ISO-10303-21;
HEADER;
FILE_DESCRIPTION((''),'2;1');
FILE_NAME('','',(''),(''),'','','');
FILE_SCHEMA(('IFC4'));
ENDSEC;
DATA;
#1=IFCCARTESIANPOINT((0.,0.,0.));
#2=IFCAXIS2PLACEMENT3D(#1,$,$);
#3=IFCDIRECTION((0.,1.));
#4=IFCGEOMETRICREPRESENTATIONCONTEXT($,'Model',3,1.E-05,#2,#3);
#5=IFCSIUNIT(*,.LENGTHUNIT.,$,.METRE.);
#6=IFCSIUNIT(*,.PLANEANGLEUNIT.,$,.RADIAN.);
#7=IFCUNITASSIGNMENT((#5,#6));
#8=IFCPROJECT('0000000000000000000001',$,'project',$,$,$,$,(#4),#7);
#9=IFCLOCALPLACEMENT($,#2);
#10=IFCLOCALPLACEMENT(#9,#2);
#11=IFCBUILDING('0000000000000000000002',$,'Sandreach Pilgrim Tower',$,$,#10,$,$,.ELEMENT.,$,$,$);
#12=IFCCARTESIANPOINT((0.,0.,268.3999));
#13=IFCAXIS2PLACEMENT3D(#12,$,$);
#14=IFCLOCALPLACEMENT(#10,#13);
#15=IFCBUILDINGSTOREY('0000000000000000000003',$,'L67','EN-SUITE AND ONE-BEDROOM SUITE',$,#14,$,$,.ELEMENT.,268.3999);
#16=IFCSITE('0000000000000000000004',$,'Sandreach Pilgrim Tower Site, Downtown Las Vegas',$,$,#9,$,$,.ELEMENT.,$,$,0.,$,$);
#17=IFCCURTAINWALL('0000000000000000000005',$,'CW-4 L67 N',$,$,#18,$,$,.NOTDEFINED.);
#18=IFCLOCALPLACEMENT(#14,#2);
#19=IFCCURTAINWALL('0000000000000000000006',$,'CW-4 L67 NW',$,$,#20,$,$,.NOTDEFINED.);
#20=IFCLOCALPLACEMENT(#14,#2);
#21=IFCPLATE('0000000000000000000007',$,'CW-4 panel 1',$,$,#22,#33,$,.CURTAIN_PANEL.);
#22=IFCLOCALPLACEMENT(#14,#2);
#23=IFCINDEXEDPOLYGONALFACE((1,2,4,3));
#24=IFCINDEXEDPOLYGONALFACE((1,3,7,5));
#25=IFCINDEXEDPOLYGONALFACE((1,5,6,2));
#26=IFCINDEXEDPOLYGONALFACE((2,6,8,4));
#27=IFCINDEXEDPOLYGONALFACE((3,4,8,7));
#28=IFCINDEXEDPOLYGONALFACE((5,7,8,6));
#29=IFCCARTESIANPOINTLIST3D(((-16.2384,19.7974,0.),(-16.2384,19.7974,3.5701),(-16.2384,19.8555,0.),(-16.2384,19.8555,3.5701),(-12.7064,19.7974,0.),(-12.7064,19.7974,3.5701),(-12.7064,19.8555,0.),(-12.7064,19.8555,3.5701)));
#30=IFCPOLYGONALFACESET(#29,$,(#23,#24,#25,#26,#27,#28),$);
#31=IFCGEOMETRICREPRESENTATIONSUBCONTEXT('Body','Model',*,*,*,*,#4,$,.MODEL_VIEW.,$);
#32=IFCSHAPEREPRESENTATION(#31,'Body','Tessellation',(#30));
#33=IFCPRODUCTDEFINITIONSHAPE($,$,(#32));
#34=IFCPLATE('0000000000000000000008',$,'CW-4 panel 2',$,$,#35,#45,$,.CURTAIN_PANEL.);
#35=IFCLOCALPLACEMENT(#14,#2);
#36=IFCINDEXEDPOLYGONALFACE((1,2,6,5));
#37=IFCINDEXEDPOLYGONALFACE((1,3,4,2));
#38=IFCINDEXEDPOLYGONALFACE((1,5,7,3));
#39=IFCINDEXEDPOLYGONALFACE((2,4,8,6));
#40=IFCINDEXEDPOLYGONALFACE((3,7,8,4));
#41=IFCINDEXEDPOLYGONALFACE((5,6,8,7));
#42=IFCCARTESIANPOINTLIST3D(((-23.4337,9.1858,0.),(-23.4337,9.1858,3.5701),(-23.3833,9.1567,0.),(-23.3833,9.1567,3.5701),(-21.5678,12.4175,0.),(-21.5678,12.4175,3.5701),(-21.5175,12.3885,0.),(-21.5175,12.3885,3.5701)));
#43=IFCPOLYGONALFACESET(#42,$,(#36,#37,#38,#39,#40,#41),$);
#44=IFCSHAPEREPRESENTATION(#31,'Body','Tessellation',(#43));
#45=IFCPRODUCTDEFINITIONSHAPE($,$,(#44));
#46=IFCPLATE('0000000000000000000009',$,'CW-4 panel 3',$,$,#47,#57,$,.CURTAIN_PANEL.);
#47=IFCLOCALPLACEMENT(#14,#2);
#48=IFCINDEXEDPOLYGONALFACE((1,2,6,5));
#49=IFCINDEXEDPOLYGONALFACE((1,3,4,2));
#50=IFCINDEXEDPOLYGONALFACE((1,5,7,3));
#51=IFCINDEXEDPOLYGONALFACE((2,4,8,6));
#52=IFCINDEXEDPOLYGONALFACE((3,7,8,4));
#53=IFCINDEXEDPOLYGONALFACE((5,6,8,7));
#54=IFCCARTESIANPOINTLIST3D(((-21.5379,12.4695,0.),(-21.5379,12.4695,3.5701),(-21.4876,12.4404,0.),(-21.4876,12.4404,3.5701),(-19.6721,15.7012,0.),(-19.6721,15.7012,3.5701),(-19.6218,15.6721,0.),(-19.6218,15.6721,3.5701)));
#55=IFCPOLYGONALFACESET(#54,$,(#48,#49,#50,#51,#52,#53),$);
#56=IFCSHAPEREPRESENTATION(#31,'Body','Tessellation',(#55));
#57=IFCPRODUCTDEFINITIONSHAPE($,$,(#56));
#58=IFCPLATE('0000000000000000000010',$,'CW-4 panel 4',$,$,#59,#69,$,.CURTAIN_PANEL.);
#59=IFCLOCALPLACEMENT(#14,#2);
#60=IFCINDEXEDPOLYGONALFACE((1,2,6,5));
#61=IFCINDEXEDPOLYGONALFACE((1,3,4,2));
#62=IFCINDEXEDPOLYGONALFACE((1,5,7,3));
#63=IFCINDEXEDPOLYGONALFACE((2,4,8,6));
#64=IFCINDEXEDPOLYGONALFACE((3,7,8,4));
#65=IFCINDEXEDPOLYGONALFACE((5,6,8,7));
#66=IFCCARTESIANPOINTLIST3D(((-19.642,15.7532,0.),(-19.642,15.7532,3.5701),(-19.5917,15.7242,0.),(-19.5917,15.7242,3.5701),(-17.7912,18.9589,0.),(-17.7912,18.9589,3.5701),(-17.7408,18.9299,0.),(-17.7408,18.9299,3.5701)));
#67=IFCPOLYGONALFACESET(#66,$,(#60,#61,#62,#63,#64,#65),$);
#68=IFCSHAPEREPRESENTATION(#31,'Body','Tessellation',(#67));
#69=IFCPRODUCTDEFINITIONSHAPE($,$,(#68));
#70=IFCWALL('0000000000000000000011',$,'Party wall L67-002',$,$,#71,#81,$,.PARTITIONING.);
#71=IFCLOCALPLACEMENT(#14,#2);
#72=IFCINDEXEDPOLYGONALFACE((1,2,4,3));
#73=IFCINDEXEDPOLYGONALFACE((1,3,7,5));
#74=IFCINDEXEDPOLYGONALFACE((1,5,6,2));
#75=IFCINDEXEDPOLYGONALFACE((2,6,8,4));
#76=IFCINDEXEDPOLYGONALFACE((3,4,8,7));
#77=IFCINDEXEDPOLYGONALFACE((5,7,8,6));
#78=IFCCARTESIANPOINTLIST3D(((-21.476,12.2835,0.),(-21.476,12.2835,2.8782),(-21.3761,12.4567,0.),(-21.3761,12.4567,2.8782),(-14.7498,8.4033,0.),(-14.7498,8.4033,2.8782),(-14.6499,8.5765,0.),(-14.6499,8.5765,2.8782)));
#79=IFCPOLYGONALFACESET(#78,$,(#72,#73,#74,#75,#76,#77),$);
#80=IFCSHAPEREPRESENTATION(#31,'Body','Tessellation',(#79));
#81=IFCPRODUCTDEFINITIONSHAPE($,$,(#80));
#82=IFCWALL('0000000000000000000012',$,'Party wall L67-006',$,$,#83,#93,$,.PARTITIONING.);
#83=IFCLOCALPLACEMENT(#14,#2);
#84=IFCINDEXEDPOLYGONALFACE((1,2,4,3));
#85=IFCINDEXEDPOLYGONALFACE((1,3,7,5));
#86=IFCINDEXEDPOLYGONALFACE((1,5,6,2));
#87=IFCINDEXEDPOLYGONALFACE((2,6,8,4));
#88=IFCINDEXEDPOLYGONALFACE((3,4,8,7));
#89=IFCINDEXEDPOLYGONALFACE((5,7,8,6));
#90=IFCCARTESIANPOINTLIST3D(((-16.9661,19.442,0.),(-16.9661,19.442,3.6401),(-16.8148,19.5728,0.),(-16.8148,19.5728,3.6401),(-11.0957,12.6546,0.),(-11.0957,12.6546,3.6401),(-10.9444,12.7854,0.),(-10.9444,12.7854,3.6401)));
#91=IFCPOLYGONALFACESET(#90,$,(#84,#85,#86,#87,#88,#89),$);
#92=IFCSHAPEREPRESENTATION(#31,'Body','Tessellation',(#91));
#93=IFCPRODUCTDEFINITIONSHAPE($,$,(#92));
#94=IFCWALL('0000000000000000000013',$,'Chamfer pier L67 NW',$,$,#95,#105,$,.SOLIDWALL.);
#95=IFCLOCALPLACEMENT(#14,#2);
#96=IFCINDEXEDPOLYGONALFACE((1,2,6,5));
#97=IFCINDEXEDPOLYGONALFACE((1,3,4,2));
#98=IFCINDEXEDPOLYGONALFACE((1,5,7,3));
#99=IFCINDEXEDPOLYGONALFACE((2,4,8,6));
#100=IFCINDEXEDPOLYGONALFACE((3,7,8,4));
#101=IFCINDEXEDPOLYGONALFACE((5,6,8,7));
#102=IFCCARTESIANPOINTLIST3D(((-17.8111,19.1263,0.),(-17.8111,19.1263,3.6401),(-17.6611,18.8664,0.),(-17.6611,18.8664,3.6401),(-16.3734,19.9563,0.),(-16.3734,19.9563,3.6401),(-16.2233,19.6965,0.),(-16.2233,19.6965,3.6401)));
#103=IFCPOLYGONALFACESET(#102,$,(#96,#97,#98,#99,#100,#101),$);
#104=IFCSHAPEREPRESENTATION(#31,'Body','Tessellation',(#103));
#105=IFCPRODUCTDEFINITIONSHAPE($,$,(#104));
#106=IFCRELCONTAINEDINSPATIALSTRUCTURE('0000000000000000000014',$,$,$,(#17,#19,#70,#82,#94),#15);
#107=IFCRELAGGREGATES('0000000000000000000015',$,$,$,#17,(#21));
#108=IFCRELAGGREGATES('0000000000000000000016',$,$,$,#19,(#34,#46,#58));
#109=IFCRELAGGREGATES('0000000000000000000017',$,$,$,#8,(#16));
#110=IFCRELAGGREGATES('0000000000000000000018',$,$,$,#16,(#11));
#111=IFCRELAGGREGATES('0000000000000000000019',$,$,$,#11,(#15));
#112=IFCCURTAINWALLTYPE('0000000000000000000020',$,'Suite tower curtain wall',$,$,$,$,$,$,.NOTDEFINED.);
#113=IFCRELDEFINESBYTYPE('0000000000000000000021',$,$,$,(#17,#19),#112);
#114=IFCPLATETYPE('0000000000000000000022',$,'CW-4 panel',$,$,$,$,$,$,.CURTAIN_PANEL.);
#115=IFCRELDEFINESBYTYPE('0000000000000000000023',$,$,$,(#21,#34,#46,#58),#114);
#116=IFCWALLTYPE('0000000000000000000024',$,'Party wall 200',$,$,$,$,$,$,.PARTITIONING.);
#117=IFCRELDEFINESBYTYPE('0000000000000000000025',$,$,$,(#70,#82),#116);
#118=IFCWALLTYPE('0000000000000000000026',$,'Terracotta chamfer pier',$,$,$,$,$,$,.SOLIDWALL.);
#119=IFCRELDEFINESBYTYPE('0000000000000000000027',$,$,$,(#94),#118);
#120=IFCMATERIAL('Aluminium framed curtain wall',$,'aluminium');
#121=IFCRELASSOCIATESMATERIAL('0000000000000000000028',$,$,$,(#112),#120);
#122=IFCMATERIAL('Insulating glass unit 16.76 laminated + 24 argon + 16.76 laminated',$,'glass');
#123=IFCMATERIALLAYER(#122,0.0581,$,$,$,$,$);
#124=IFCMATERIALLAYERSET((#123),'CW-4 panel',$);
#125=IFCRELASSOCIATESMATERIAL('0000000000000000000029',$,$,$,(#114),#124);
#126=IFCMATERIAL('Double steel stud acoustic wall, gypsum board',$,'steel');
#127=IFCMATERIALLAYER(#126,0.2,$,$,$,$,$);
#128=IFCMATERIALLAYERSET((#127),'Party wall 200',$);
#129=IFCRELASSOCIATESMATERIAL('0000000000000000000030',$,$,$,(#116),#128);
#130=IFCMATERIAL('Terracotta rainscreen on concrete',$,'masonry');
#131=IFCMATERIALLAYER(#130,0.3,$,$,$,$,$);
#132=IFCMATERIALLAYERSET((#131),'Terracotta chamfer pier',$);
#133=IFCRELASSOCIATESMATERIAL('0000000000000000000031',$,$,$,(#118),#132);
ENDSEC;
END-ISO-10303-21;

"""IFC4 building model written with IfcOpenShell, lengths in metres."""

from ifc_helpers import new_model, si_unit, direction, frame, frame_2d, origin, origin_2d, place, context, subcontext, project, spatial, rectangle, extrude, material, layer, layer_set, type_object, element, aggregate, save


model = new_model("IFC4")

# Units and contexts
model_context = context("Model", 3, precision=1e-05, world=origin(), true_north=direction((0.0, 1.0)))
body_context = subcontext(model_context, "Body", "Model", "MODEL_VIEW")
ifc_project = project(units=[si_unit("LENGTHUNIT", "METRE"), si_unit("PLANEANGLEUNIT", "RADIAN")], contexts=[model_context])

# Site, building, storey
site_placement = place(None, origin())
site = spatial("IfcSite", under=ifc_project, at=site_placement, Name="Sandreach Pilgrim Tower Site, Downtown Las Vegas", CompositionType="ELEMENT", RefElevation=0.0)
building_placement = place(site_placement, origin())
building = spatial("IfcBuilding", under=site, at=building_placement, Name="Sandreach Pilgrim Tower", CompositionType="ELEMENT")
storey_placement = place(building_placement, frame((0.0, 0.0, 268.3999)))
storey = spatial("IfcBuildingStorey", under=building, at=storey_placement, Name="L67", Description="EN-SUITE AND ONE-BEDROOM SUITE", CompositionType="ELEMENT", Elevation=268.3999)

# Curtain wall
ifc_material_1 = material(Name="Aluminium framed curtain wall", Category="aluminium")
curtain_wall_type = type_object("IfcCurtainWallType", Name="Suite tower curtain wall", PredefinedType="NOTDEFINED", material=ifc_material_1)
curtain_wall_1_placement = place(storey_placement, origin())
curtain_wall_1 = element("IfcCurtainWall", 1, at=curtain_wall_1_placement, inside=storey, type_object=curtain_wall_type, Name="CW-4 L67 N", PredefinedType="NOTDEFINED")

# Curtain wall
curtain_wall_2_placement = place(storey_placement, origin())
curtain_wall_2 = element("IfcCurtainWall", 2, at=curtain_wall_2_placement, inside=storey, type_object=curtain_wall_type, Name="CW-4 L67 NW", PredefinedType="NOTDEFINED")

# Plates
ifc_material_2 = material(Name="Insulating glass unit 16.76 laminated + 24 argon + 16.76 laminated", Category="glass")
ifc_layer_1 = layer(ifc_material_2, 0.0581)
ifc_layer_set_1 = layer_set([ifc_layer_1], Name="CW-4 panel")
plate_type = type_object("IfcPlateType", Name="CW-4 panel", PredefinedType="CURTAIN_PANEL", material=ifc_layer_set_1)
plate_1_placement = place(storey_placement, frame((-14.4724, 19.8264, 0.0), z_axis=(0.0, 0.0, 1.0), x_axis=(1.0, 0.0, 0.0)))
plate_1 = element("IfcPlate", 3, at=plate_1_placement, type_object=plate_type, Name="CW-4 panel 1", PredefinedType="CURTAIN_PANEL", context=body_context, shape_type="SweptSolid", body=[
    extrude(rectangle(XDim=3.532, YDim=0.0581, at=origin_2d()), origin(), (0.0, 0.0, 1.0), 3.5701),
])
aggregate(curtain_wall_1, [plate_1])
plate_2_placement = place(storey_placement, frame((-22.4756, 10.7871, 0.0), z_axis=(0.0, 0.0, 1.0), x_axis=(0.5, 0.866025, 0.0)))
plate_2 = element("IfcPlate", 4, at=plate_2_placement, type_object=plate_type, Name="CW-4 panel 2", PredefinedType="CURTAIN_PANEL", context=body_context, shape_type="SweptSolid", body=[
    extrude(rectangle(XDim=3.7317, YDim=0.0581, at=origin_2d()), origin(), (0.0, 0.0, 1.0), 3.5701),
])
plate_3_placement = place(storey_placement, frame((-20.5798, 14.0708, 0.0), z_axis=(0.0, 0.0, 1.0), x_axis=(0.5, 0.866025, 0.0)))
plate_3 = element("IfcPlate", 5, at=plate_3_placement, type_object=plate_type, Name="CW-4 panel 3", PredefinedType="CURTAIN_PANEL", context=body_context, shape_type="SweptSolid", body=[
    extrude(rectangle(XDim=3.7317, YDim=0.0581, at=origin_2d()), origin(), (0.0, 0.0, 1.0), 3.5701),
])
plate_4_placement = place(storey_placement, frame((-18.6914, 17.3416, 0.0), z_axis=(0.0, 0.0, 1.0), x_axis=(0.5, 0.866025, 0.0)))
plate_4 = element("IfcPlate", 6, at=plate_4_placement, type_object=plate_type, Name="CW-4 panel 4", PredefinedType="CURTAIN_PANEL", context=body_context, shape_type="SweptSolid", body=[
    extrude(rectangle(XDim=3.7017, YDim=0.0581, at=origin_2d()), origin(), (0.0, 0.0, 1.0), 3.5701),
])
aggregate(curtain_wall_2, [plate_2, plate_3, plate_4])

# Walls
ifc_material_3 = material(Name="Double steel stud acoustic wall, gypsum board", Category="steel")
ifc_layer_2 = layer(ifc_material_3, 0.2)
ifc_layer_set_2 = layer_set([ifc_layer_2], Name="Party wall 200")
wall_type_1 = type_object("IfcWallType", Name="Party wall 200", PredefinedType="PARTITIONING", material=ifc_layer_set_2)
wall_1_placement = place(storey_placement, frame((-21.426, 12.3701, 0.0), z_axis=(0.0, 0.0, 1.0), x_axis=(0.866202, -0.499693, 0.0)))
element("IfcWall", 7, at=wall_1_placement, inside=storey, type_object=wall_type_1, Name="Party wall L67-002", PredefinedType="PARTITIONING", context=body_context, shape_type="SweptSolid", body=[
    extrude(rectangle(XDim=7.7651, YDim=0.2, at=frame_2d((3.8826, 0.0))), origin(), (0.0, 0.0, 1.0), 2.8782),
])
wall_2_placement = place(storey_placement, frame((-16.8904, 19.5073, 0.0), z_axis=(0.0, 0.0, 1.0), x_axis=(0.654166, -0.756351, 0.0)))
element("IfcWall", 8, at=wall_2_placement, inside=storey, type_object=wall_type_1, Name="Party wall L67-006", PredefinedType="PARTITIONING", context=body_context, shape_type="SweptSolid", body=[
    extrude(rectangle(XDim=8.9739, YDim=0.2, at=frame_2d((4.4868, 0.0))), origin(), (0.0, 0.0, 1.0), 3.6401),
])
ifc_material_4 = material(Name="Terracotta rainscreen on concrete", Category="masonry")
ifc_layer_3 = layer(ifc_material_4, 0.3)
ifc_layer_set_3 = layer_set([ifc_layer_3], Name="Terracotta chamfer pier")
wall_type_2 = type_object("IfcWallType", Name="Terracotta chamfer pier", PredefinedType="SOLIDWALL", material=ifc_layer_set_3)
wall_3_placement = place(storey_placement, frame((-17.7361, 18.9963, 0.0), z_axis=(0.0, 0.0, 1.0), x_axis=(0.866026, 0.499998, 0.0)))
element("IfcWall", 9, at=wall_3_placement, inside=storey, type_object=wall_type_2, Name="Chamfer pier L67 NW", PredefinedType="SOLIDWALL", context=body_context, shape_type="SweptSolid", body=[
    extrude(rectangle(XDim=1.6602, YDim=0.3, at=frame_2d((0.8301, 0.0))), origin(), (0.0, 0.0, 1.0), 3.6401),
])

save(model, "model.ifc")
